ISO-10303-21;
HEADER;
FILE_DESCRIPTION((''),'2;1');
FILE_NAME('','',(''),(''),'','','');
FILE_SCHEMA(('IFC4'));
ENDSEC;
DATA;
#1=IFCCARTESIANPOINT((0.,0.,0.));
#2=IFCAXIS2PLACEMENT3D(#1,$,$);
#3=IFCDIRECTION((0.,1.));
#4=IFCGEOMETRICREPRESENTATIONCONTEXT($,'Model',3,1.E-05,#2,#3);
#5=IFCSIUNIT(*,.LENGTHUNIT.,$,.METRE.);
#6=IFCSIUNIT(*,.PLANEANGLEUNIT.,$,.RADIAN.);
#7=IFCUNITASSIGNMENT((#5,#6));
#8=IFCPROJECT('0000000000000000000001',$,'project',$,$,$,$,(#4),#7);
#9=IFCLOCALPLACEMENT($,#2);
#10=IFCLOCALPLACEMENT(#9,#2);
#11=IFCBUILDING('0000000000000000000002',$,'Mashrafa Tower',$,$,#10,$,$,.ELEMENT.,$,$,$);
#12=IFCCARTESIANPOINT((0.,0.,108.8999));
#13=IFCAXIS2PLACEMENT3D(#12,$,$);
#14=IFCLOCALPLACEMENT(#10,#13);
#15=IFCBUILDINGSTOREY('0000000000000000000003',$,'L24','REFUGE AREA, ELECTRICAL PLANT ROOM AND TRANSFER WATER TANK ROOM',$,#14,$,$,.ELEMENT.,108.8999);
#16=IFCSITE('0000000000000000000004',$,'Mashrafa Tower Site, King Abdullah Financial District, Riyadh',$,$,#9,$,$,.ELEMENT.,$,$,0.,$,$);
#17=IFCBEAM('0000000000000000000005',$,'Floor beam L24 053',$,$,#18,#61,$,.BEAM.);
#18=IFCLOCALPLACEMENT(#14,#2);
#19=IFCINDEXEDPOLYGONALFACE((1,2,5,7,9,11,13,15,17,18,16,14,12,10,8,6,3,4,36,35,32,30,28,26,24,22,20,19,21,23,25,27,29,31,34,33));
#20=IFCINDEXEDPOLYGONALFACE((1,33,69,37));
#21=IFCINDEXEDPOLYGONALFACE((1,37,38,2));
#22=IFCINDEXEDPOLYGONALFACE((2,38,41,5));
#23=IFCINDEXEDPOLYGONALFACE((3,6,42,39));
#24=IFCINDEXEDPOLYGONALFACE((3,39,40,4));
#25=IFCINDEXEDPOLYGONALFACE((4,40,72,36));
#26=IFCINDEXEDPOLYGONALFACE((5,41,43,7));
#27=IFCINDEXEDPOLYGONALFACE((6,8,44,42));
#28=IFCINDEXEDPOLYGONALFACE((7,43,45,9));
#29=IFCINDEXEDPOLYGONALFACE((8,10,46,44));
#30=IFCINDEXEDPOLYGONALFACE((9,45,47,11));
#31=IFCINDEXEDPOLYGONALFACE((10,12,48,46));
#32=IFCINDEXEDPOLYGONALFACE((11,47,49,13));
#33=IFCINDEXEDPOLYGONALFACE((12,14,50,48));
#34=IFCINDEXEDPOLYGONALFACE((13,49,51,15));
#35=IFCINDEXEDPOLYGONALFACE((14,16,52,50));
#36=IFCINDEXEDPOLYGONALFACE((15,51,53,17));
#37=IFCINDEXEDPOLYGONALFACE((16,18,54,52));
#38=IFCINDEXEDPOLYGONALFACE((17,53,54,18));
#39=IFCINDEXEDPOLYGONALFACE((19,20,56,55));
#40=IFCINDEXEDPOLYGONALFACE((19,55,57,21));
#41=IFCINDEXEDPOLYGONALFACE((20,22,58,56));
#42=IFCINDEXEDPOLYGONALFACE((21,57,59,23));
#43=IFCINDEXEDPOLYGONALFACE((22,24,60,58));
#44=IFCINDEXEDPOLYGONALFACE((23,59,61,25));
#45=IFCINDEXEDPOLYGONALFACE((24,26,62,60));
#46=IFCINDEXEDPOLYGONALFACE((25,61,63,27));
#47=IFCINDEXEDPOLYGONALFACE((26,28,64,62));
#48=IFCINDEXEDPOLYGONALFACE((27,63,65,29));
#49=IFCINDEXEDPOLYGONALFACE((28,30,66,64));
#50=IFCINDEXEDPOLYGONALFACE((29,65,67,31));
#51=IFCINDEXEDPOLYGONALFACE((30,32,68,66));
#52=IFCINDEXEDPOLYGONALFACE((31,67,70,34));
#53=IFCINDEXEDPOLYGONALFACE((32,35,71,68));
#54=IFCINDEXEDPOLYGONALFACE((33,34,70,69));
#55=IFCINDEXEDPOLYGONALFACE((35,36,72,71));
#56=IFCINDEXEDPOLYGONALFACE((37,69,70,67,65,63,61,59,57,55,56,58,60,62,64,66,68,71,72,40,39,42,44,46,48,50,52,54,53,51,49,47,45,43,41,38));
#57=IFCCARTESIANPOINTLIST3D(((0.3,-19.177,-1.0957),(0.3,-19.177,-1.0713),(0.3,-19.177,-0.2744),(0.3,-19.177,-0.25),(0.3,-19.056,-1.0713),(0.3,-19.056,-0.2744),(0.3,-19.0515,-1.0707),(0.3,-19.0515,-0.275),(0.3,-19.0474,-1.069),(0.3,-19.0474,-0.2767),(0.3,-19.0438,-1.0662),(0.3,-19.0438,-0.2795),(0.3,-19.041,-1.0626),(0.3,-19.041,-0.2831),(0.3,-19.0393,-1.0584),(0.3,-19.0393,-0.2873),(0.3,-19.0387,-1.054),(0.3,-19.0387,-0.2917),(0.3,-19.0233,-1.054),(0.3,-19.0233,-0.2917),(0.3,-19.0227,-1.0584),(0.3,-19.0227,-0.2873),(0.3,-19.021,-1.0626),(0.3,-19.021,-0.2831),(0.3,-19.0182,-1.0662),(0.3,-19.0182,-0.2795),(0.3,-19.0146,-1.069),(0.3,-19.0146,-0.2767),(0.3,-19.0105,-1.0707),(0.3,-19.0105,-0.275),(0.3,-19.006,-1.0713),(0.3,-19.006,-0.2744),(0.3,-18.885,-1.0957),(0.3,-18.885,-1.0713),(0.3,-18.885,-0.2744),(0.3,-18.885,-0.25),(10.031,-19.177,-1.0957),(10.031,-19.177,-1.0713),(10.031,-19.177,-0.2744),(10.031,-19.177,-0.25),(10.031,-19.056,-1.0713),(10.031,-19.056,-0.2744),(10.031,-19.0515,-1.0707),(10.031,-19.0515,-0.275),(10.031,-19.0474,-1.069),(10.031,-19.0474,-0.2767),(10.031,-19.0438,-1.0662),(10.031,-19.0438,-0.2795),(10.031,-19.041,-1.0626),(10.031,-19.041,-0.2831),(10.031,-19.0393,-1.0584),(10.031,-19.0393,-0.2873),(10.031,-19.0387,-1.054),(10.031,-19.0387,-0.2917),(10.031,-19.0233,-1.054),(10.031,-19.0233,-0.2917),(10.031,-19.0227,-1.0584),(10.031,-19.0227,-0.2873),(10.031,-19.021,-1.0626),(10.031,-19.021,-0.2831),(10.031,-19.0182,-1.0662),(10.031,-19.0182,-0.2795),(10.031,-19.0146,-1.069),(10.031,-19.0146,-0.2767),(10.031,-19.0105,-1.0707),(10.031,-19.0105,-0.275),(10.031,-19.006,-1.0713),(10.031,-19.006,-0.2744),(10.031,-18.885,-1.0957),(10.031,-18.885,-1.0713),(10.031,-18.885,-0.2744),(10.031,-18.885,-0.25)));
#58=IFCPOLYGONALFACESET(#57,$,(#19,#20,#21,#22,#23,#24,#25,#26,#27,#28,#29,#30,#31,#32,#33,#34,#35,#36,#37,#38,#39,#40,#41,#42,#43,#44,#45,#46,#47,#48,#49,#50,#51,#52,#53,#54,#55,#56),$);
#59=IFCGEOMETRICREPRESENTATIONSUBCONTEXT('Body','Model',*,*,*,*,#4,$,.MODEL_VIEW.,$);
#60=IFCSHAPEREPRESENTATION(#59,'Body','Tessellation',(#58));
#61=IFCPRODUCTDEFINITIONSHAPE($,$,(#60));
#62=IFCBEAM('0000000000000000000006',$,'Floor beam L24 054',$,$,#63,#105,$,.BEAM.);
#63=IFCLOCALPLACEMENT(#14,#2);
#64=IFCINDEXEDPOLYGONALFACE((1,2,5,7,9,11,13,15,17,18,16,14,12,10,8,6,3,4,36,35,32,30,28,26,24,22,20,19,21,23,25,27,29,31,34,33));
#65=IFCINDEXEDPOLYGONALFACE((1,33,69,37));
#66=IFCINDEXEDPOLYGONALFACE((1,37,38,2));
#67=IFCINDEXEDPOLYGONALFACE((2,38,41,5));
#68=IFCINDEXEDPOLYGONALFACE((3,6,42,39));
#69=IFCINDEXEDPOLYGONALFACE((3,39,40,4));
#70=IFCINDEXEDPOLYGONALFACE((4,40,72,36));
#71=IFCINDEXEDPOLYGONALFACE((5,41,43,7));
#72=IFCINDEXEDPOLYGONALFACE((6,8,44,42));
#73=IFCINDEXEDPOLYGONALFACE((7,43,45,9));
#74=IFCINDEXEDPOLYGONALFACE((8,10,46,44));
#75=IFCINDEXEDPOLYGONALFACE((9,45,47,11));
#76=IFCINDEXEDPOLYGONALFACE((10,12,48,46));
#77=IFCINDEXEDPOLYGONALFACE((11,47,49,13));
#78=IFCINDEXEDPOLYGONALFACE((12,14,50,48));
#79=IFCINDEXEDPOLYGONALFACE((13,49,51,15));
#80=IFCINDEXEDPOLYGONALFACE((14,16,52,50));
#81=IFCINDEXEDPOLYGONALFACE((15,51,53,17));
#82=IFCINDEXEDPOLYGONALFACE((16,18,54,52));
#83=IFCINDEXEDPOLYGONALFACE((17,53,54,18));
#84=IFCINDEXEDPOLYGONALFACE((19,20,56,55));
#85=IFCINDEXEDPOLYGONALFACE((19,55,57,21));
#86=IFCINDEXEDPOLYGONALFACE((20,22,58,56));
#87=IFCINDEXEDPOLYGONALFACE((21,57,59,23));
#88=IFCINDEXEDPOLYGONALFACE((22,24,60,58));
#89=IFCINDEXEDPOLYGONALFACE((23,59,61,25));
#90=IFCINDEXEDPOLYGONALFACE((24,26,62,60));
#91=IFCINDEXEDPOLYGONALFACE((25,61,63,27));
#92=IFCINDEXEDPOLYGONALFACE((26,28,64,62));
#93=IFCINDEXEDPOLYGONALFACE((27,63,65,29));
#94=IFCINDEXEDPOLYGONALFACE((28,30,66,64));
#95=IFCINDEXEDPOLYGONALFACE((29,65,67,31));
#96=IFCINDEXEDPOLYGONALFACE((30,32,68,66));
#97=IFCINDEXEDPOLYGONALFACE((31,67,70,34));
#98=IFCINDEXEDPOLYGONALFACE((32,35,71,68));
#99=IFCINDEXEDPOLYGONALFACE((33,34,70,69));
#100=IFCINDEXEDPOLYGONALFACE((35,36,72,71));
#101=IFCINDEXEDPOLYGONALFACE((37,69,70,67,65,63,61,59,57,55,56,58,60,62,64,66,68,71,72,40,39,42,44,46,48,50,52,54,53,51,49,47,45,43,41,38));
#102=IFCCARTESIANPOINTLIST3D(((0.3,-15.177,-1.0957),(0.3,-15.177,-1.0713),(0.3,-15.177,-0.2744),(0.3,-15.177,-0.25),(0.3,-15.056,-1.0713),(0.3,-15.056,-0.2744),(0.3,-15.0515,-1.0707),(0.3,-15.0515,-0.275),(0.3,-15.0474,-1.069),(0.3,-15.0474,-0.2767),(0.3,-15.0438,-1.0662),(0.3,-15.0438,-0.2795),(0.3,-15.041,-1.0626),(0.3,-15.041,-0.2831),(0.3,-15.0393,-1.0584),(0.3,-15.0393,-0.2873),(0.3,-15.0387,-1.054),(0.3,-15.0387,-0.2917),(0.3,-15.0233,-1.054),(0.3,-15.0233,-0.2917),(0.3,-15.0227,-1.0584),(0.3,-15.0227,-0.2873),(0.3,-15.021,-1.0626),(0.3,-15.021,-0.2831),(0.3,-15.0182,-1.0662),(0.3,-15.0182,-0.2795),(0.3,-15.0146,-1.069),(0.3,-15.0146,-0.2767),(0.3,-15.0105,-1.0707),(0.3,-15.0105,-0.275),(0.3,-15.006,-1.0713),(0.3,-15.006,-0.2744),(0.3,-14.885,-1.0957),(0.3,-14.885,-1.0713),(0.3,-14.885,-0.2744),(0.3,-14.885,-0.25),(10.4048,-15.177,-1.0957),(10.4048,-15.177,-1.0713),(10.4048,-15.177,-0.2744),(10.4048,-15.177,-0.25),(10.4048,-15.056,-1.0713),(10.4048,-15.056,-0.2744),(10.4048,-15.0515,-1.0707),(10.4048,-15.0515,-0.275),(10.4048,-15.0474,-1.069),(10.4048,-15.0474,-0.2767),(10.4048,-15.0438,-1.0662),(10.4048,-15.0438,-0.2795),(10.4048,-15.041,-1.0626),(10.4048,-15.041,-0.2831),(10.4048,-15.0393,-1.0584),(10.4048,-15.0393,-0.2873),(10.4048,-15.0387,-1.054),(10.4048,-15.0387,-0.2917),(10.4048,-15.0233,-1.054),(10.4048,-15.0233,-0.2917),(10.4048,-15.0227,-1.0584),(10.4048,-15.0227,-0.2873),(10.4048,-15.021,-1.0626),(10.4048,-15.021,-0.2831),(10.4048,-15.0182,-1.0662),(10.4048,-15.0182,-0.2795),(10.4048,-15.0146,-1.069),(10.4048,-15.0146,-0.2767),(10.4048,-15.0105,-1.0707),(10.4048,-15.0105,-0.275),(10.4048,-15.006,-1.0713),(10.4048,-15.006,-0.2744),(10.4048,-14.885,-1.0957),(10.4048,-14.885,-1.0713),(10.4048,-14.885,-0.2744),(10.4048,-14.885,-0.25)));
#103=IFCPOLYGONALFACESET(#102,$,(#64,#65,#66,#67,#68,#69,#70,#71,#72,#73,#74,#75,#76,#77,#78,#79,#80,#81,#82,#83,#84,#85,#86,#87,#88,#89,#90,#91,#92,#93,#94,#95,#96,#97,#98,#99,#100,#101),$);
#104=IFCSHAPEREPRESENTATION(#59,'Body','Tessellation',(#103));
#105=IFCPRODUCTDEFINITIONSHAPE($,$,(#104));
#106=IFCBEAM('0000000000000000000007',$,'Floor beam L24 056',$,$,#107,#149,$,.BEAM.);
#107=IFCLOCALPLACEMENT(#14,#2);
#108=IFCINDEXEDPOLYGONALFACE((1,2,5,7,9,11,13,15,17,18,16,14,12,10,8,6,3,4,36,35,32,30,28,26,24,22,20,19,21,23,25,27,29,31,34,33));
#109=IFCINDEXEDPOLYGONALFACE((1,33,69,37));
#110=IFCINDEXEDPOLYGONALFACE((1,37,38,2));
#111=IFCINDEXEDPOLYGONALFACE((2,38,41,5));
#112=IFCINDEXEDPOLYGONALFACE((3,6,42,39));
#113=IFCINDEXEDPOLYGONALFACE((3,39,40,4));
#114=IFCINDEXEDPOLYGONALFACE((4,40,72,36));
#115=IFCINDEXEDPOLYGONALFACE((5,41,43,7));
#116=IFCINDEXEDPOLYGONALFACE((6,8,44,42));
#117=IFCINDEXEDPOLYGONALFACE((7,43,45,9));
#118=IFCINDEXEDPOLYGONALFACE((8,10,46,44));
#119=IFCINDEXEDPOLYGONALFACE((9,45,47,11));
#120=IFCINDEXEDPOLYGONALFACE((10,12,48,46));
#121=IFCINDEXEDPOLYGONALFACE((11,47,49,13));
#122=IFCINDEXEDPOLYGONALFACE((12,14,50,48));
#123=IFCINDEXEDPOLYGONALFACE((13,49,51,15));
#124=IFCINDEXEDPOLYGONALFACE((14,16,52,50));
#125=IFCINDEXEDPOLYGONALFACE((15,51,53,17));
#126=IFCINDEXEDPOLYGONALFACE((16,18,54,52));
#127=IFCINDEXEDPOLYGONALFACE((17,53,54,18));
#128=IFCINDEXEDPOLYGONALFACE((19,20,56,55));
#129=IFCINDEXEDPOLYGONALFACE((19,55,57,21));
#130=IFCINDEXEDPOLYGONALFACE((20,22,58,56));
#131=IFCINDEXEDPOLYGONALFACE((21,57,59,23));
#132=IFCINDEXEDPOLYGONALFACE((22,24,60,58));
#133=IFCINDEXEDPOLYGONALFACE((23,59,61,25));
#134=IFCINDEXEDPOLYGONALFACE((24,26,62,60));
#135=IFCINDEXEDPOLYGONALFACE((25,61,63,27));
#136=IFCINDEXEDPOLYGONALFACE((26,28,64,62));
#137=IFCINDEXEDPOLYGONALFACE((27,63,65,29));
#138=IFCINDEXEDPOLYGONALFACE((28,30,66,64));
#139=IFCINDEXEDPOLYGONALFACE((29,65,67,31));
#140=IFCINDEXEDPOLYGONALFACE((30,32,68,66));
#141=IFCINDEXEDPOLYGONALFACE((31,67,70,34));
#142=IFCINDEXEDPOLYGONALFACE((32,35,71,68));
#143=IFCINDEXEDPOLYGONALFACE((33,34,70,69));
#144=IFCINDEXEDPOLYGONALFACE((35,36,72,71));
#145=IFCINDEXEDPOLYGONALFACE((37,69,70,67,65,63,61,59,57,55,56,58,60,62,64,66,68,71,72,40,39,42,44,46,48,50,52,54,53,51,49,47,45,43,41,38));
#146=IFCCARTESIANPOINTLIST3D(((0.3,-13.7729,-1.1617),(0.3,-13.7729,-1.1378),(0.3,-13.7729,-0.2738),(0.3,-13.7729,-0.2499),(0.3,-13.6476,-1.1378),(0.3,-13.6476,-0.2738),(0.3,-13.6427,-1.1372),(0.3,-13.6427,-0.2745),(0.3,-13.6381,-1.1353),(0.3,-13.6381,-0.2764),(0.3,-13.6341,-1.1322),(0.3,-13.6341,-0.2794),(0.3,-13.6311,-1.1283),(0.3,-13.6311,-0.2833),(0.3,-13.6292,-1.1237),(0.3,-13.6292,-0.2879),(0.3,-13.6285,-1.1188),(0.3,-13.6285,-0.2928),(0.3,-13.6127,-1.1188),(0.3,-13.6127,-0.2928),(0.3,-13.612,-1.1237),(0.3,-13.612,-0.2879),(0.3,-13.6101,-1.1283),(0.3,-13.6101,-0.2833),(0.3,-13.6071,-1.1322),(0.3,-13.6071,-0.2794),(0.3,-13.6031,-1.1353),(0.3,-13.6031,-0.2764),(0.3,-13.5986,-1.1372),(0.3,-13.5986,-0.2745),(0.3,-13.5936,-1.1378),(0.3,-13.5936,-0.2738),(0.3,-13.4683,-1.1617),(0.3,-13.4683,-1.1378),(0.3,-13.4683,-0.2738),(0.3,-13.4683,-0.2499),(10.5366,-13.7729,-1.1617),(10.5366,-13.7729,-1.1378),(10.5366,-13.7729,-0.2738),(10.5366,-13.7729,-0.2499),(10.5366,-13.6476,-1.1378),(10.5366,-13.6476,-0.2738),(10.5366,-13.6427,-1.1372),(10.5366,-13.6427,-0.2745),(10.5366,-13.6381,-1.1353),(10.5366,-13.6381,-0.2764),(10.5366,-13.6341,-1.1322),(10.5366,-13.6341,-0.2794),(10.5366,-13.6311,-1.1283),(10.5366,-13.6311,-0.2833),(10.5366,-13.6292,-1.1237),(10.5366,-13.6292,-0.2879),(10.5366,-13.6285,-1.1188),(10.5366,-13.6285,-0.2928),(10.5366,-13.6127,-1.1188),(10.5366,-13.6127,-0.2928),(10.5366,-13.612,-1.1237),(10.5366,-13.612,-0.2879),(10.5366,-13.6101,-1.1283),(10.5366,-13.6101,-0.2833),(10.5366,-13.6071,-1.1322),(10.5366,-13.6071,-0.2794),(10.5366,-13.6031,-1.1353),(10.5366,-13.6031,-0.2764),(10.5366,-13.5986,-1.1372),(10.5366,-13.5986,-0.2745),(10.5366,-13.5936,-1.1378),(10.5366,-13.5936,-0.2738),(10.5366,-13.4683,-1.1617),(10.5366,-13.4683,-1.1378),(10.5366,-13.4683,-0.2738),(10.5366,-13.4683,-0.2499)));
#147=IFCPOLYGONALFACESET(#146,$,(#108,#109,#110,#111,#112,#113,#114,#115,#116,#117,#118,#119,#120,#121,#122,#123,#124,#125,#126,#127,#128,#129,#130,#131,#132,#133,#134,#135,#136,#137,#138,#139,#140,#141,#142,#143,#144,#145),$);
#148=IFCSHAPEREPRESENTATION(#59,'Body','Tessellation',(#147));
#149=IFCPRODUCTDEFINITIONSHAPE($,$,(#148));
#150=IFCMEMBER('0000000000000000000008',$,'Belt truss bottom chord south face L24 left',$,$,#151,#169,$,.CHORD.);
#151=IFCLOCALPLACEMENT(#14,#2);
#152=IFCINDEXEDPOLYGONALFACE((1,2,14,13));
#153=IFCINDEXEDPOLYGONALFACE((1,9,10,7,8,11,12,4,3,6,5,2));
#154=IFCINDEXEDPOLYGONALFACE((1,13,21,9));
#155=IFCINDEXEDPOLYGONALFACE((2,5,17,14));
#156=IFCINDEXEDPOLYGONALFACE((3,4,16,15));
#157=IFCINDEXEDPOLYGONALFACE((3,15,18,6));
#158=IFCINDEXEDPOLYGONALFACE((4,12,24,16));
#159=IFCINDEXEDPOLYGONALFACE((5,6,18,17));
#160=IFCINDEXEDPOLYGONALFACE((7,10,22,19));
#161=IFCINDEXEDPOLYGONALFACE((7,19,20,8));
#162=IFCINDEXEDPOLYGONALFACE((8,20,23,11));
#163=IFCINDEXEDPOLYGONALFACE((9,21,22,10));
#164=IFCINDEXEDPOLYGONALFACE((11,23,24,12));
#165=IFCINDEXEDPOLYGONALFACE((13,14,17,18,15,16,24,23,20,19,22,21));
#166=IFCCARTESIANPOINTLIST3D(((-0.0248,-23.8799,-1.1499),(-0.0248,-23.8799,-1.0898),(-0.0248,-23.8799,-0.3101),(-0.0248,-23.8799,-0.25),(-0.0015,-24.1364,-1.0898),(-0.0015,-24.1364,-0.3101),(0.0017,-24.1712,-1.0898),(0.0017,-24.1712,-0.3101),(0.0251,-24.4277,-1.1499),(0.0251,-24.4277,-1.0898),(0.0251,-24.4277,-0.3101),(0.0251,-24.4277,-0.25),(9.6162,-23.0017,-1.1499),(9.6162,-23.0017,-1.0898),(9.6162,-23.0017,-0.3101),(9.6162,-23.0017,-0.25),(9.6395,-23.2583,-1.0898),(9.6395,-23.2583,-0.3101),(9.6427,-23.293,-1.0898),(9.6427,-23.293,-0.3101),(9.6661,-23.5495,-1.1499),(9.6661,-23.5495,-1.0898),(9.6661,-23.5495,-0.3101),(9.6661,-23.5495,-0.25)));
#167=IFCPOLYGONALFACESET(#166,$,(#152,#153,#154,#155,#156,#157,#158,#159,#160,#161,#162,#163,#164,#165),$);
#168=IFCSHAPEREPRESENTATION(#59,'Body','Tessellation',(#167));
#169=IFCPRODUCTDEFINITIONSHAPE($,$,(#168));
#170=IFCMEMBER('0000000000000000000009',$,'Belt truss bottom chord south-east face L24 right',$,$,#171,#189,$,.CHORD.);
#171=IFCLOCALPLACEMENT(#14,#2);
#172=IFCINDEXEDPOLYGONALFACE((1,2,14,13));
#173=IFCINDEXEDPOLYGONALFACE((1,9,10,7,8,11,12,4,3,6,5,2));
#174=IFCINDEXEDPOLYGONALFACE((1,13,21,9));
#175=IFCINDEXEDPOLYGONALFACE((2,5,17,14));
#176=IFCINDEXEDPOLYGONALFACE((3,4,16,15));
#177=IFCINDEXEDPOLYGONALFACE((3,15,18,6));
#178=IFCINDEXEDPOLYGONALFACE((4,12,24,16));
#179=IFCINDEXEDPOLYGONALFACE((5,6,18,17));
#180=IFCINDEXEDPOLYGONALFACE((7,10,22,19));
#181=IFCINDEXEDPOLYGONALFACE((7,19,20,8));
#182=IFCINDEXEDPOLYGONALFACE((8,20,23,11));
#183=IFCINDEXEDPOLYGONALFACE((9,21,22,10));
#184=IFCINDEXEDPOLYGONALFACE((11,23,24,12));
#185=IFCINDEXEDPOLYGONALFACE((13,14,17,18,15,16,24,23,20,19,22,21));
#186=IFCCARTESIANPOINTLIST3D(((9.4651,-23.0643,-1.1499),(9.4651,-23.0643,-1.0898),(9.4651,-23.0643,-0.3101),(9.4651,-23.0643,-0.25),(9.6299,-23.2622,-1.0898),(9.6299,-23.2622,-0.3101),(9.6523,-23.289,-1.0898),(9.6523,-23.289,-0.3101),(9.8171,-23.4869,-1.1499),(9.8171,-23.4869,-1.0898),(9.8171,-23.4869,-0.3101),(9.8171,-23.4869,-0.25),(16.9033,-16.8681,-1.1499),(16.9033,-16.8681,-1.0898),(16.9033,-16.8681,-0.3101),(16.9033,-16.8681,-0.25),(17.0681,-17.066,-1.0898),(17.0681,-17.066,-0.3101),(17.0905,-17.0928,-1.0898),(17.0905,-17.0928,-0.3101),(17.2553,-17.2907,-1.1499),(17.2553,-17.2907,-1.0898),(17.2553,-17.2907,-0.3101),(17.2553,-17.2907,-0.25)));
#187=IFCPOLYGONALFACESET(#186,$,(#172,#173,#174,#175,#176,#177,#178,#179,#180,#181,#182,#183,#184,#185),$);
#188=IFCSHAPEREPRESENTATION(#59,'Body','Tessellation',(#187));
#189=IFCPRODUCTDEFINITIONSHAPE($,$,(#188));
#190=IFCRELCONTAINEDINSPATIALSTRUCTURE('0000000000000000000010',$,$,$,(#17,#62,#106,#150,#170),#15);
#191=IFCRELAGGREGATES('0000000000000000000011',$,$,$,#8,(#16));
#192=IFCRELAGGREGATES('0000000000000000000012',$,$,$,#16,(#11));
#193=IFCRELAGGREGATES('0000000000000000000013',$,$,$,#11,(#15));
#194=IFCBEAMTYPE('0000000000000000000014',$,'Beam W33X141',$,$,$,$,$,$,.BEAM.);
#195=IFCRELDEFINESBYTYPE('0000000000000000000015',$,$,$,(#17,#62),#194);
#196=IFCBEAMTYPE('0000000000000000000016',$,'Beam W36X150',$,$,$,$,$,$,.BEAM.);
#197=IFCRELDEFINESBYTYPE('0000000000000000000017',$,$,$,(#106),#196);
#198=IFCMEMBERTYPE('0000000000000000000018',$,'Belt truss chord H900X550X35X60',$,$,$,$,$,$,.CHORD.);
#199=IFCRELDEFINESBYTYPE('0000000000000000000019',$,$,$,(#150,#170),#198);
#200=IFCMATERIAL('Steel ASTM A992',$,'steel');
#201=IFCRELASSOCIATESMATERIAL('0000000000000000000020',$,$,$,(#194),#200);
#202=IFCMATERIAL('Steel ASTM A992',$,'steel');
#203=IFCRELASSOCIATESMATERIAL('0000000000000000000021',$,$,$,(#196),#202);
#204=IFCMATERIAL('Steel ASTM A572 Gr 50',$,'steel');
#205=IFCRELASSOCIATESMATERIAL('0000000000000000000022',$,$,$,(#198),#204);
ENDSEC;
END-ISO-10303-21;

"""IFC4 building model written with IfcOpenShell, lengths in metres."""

from ifc_helpers import new_model, si_unit, direction, frame, origin, origin_2d, place, context, subcontext, project, spatial, i_section, extrude, source, transform, mapped, material, material_profile, profile_set, type_object, element, save


model = new_model("IFC4")

# Units and contexts
model_context = context("Model", 3, precision=1e-05, world=origin(), true_north=direction((0.0, 1.0)))
body_context = subcontext(model_context, "Body", "Model", "MODEL_VIEW")
ifc_project = project(units=[si_unit("LENGTHUNIT", "METRE"), si_unit("PLANEANGLEUNIT", "RADIAN")], contexts=[model_context])

# Site, building, storey
site_placement = place(None, origin())
site = spatial("IfcSite", under=ifc_project, at=site_placement, Name="Mashrafa Tower Site, King Abdullah Financial District, Riyadh", CompositionType="ELEMENT", RefElevation=0.0)
building_placement = place(site_placement, origin())
building = spatial("IfcBuilding", under=site, at=building_placement, Name="Mashrafa Tower", CompositionType="ELEMENT")
storey_placement = place(building_placement, frame((0.0, 0.0, 108.8999)))
storey = spatial("IfcBuildingStorey", under=building, at=storey_placement, Name="L24", Description="REFUGE AREA, ELECTRICAL PLANT ROOM AND TRANSFER WATER TANK ROOM", CompositionType="ELEMENT", Elevation=108.8999)

# Beams
ifc_material_1 = material(Name="Steel ASTM A992", Category="steel")
ifc_material_profile_1 = material_profile(ifc_material_1, i_section(OverallWidth=0.292, OverallDepth=0.8457, WebThickness=0.0154, FlangeThickness=0.0244, FilletRadius=0.0173, at=origin_2d()), Name="W33X141")
ifc_profile_set_1 = profile_set([ifc_material_profile_1], Name="Steel ASTM A992")
beam_type_1 = type_object("IfcBeamType", Name="Beam W33X141", PredefinedType="BEAM", material=ifc_profile_set_1)
beam_1_placement = place(storey_placement, frame((10.031, -19.031, -0.6729), z_axis=(-1.0, 0.0, 0.0), x_axis=(0.0, -1.0, 0.0)))
element("IfcBeam", 1, at=beam_1_placement, inside=storey, type_object=beam_type_1, Name="Floor beam L24 053", PredefinedType="BEAM", context=body_context, shape_type="SweptSolid", body=[
    extrude(i_section(OverallWidth=0.292, OverallDepth=0.8457, WebThickness=0.0154, FlangeThickness=0.0244, FilletRadius=0.0173, at=origin_2d()), origin(), (0.0, 0.0, 1.0), 9.731),
])
beam_2_placement = place(storey_placement, frame((10.4048, -15.031, -0.6729), z_axis=(-1.0, 0.0, 0.0), x_axis=(0.0, -1.0, 0.0)))
element("IfcBeam", 2, at=beam_2_placement, inside=storey, type_object=beam_type_1, Name="Floor beam L24 054", PredefinedType="BEAM", context=body_context, shape_type="SweptSolid", body=[
    extrude(i_section(OverallWidth=0.292, OverallDepth=0.8457, WebThickness=0.0154, FlangeThickness=0.0244, FilletRadius=0.0173, at=origin_2d()), origin(), (0.0, 0.0, 1.0), 10.1047),
])
ifc_material_2 = material(Name="Steel ASTM A992", Category="steel")
ifc_material_profile_2 = material_profile(ifc_material_2, i_section(OverallWidth=0.3047, OverallDepth=0.9119, WebThickness=0.0159, FlangeThickness=0.0239, FilletRadius=0.019, at=origin_2d()), Name="W36X150")
ifc_profile_set_2 = profile_set([ifc_material_profile_2], Name="Steel ASTM A992")
beam_type_2 = type_object("IfcBeamType", Name="Beam W36X150", PredefinedType="BEAM", material=ifc_profile_set_2)
beam_3_placement = place(storey_placement, frame((10.5366, -13.6206, -0.7058), z_axis=(-1.0, 0.0, 0.0), x_axis=(0.0, -1.0, 0.0)))
element("IfcBeam", 3, at=beam_3_placement, inside=storey, type_object=beam_type_2, Name="Floor beam L24 056", PredefinedType="BEAM", context=body_context, shape_type="SweptSolid", body=[
    extrude(i_section(OverallWidth=0.3047, OverallDepth=0.9119, WebThickness=0.0159, FlangeThickness=0.0239, FilletRadius=0.019, at=origin_2d()), origin(), (0.0, 0.0, 1.0), 10.2366),
])

# Members
ifc_material_3 = material(Name="Steel ASTM A572 Gr 50", Category="steel")
ifc_material_profile_3 = material_profile(ifc_material_3, i_section(OverallWidth=0.55, OverallDepth=0.8999, WebThickness=0.0349, FlangeThickness=0.0601, at=origin_2d()), Name="H900X550X35X60")
ifc_profile_set_3 = profile_set([ifc_material_profile_3], Name="Steel ASTM A572 Gr 50")
member_type_1 = type_object("IfcMemberType", Name="Belt truss chord H900X550X35X60", PredefinedType="CHORD", material=ifc_profile_set_3)
shared_shape_1 = source(origin(), body_context, "Body", "SweptSolid", [
    extrude(i_section(OverallWidth=0.55, OverallDepth=0.8999, WebThickness=0.0349, FlangeThickness=0.0601, at=origin_2d()), origin(), (0.0, 0.0, 1.0), 9.6809),
])
for number, where, z_axis, x_axis, name in (
    (4, (9.6411, -23.2756, -0.7), (-0.995877, -0.090711, 0.0), (0.090711, -0.995877, 0.0), "Belt truss bottom chord south face L24 left"),
    (5, (9.6411, -23.2756, -0.7), (0.768335, 0.640048, 0.0), (-0.640048, 0.768335, 0.0), "Belt truss bottom chord south-east face L24 right"),
):
    element("IfcMember", number, at=place(storey_placement, frame(where, z_axis=z_axis, x_axis=x_axis)), inside=storey, type_object=member_type_1, Name=name, PredefinedType="CHORD", context=body_context, shape_type="MappedRepresentation", body=[
        mapped(shared_shape_1, transform((0.0, 0.0, 0.0))),
    ])

save(model, "model.ifc")
